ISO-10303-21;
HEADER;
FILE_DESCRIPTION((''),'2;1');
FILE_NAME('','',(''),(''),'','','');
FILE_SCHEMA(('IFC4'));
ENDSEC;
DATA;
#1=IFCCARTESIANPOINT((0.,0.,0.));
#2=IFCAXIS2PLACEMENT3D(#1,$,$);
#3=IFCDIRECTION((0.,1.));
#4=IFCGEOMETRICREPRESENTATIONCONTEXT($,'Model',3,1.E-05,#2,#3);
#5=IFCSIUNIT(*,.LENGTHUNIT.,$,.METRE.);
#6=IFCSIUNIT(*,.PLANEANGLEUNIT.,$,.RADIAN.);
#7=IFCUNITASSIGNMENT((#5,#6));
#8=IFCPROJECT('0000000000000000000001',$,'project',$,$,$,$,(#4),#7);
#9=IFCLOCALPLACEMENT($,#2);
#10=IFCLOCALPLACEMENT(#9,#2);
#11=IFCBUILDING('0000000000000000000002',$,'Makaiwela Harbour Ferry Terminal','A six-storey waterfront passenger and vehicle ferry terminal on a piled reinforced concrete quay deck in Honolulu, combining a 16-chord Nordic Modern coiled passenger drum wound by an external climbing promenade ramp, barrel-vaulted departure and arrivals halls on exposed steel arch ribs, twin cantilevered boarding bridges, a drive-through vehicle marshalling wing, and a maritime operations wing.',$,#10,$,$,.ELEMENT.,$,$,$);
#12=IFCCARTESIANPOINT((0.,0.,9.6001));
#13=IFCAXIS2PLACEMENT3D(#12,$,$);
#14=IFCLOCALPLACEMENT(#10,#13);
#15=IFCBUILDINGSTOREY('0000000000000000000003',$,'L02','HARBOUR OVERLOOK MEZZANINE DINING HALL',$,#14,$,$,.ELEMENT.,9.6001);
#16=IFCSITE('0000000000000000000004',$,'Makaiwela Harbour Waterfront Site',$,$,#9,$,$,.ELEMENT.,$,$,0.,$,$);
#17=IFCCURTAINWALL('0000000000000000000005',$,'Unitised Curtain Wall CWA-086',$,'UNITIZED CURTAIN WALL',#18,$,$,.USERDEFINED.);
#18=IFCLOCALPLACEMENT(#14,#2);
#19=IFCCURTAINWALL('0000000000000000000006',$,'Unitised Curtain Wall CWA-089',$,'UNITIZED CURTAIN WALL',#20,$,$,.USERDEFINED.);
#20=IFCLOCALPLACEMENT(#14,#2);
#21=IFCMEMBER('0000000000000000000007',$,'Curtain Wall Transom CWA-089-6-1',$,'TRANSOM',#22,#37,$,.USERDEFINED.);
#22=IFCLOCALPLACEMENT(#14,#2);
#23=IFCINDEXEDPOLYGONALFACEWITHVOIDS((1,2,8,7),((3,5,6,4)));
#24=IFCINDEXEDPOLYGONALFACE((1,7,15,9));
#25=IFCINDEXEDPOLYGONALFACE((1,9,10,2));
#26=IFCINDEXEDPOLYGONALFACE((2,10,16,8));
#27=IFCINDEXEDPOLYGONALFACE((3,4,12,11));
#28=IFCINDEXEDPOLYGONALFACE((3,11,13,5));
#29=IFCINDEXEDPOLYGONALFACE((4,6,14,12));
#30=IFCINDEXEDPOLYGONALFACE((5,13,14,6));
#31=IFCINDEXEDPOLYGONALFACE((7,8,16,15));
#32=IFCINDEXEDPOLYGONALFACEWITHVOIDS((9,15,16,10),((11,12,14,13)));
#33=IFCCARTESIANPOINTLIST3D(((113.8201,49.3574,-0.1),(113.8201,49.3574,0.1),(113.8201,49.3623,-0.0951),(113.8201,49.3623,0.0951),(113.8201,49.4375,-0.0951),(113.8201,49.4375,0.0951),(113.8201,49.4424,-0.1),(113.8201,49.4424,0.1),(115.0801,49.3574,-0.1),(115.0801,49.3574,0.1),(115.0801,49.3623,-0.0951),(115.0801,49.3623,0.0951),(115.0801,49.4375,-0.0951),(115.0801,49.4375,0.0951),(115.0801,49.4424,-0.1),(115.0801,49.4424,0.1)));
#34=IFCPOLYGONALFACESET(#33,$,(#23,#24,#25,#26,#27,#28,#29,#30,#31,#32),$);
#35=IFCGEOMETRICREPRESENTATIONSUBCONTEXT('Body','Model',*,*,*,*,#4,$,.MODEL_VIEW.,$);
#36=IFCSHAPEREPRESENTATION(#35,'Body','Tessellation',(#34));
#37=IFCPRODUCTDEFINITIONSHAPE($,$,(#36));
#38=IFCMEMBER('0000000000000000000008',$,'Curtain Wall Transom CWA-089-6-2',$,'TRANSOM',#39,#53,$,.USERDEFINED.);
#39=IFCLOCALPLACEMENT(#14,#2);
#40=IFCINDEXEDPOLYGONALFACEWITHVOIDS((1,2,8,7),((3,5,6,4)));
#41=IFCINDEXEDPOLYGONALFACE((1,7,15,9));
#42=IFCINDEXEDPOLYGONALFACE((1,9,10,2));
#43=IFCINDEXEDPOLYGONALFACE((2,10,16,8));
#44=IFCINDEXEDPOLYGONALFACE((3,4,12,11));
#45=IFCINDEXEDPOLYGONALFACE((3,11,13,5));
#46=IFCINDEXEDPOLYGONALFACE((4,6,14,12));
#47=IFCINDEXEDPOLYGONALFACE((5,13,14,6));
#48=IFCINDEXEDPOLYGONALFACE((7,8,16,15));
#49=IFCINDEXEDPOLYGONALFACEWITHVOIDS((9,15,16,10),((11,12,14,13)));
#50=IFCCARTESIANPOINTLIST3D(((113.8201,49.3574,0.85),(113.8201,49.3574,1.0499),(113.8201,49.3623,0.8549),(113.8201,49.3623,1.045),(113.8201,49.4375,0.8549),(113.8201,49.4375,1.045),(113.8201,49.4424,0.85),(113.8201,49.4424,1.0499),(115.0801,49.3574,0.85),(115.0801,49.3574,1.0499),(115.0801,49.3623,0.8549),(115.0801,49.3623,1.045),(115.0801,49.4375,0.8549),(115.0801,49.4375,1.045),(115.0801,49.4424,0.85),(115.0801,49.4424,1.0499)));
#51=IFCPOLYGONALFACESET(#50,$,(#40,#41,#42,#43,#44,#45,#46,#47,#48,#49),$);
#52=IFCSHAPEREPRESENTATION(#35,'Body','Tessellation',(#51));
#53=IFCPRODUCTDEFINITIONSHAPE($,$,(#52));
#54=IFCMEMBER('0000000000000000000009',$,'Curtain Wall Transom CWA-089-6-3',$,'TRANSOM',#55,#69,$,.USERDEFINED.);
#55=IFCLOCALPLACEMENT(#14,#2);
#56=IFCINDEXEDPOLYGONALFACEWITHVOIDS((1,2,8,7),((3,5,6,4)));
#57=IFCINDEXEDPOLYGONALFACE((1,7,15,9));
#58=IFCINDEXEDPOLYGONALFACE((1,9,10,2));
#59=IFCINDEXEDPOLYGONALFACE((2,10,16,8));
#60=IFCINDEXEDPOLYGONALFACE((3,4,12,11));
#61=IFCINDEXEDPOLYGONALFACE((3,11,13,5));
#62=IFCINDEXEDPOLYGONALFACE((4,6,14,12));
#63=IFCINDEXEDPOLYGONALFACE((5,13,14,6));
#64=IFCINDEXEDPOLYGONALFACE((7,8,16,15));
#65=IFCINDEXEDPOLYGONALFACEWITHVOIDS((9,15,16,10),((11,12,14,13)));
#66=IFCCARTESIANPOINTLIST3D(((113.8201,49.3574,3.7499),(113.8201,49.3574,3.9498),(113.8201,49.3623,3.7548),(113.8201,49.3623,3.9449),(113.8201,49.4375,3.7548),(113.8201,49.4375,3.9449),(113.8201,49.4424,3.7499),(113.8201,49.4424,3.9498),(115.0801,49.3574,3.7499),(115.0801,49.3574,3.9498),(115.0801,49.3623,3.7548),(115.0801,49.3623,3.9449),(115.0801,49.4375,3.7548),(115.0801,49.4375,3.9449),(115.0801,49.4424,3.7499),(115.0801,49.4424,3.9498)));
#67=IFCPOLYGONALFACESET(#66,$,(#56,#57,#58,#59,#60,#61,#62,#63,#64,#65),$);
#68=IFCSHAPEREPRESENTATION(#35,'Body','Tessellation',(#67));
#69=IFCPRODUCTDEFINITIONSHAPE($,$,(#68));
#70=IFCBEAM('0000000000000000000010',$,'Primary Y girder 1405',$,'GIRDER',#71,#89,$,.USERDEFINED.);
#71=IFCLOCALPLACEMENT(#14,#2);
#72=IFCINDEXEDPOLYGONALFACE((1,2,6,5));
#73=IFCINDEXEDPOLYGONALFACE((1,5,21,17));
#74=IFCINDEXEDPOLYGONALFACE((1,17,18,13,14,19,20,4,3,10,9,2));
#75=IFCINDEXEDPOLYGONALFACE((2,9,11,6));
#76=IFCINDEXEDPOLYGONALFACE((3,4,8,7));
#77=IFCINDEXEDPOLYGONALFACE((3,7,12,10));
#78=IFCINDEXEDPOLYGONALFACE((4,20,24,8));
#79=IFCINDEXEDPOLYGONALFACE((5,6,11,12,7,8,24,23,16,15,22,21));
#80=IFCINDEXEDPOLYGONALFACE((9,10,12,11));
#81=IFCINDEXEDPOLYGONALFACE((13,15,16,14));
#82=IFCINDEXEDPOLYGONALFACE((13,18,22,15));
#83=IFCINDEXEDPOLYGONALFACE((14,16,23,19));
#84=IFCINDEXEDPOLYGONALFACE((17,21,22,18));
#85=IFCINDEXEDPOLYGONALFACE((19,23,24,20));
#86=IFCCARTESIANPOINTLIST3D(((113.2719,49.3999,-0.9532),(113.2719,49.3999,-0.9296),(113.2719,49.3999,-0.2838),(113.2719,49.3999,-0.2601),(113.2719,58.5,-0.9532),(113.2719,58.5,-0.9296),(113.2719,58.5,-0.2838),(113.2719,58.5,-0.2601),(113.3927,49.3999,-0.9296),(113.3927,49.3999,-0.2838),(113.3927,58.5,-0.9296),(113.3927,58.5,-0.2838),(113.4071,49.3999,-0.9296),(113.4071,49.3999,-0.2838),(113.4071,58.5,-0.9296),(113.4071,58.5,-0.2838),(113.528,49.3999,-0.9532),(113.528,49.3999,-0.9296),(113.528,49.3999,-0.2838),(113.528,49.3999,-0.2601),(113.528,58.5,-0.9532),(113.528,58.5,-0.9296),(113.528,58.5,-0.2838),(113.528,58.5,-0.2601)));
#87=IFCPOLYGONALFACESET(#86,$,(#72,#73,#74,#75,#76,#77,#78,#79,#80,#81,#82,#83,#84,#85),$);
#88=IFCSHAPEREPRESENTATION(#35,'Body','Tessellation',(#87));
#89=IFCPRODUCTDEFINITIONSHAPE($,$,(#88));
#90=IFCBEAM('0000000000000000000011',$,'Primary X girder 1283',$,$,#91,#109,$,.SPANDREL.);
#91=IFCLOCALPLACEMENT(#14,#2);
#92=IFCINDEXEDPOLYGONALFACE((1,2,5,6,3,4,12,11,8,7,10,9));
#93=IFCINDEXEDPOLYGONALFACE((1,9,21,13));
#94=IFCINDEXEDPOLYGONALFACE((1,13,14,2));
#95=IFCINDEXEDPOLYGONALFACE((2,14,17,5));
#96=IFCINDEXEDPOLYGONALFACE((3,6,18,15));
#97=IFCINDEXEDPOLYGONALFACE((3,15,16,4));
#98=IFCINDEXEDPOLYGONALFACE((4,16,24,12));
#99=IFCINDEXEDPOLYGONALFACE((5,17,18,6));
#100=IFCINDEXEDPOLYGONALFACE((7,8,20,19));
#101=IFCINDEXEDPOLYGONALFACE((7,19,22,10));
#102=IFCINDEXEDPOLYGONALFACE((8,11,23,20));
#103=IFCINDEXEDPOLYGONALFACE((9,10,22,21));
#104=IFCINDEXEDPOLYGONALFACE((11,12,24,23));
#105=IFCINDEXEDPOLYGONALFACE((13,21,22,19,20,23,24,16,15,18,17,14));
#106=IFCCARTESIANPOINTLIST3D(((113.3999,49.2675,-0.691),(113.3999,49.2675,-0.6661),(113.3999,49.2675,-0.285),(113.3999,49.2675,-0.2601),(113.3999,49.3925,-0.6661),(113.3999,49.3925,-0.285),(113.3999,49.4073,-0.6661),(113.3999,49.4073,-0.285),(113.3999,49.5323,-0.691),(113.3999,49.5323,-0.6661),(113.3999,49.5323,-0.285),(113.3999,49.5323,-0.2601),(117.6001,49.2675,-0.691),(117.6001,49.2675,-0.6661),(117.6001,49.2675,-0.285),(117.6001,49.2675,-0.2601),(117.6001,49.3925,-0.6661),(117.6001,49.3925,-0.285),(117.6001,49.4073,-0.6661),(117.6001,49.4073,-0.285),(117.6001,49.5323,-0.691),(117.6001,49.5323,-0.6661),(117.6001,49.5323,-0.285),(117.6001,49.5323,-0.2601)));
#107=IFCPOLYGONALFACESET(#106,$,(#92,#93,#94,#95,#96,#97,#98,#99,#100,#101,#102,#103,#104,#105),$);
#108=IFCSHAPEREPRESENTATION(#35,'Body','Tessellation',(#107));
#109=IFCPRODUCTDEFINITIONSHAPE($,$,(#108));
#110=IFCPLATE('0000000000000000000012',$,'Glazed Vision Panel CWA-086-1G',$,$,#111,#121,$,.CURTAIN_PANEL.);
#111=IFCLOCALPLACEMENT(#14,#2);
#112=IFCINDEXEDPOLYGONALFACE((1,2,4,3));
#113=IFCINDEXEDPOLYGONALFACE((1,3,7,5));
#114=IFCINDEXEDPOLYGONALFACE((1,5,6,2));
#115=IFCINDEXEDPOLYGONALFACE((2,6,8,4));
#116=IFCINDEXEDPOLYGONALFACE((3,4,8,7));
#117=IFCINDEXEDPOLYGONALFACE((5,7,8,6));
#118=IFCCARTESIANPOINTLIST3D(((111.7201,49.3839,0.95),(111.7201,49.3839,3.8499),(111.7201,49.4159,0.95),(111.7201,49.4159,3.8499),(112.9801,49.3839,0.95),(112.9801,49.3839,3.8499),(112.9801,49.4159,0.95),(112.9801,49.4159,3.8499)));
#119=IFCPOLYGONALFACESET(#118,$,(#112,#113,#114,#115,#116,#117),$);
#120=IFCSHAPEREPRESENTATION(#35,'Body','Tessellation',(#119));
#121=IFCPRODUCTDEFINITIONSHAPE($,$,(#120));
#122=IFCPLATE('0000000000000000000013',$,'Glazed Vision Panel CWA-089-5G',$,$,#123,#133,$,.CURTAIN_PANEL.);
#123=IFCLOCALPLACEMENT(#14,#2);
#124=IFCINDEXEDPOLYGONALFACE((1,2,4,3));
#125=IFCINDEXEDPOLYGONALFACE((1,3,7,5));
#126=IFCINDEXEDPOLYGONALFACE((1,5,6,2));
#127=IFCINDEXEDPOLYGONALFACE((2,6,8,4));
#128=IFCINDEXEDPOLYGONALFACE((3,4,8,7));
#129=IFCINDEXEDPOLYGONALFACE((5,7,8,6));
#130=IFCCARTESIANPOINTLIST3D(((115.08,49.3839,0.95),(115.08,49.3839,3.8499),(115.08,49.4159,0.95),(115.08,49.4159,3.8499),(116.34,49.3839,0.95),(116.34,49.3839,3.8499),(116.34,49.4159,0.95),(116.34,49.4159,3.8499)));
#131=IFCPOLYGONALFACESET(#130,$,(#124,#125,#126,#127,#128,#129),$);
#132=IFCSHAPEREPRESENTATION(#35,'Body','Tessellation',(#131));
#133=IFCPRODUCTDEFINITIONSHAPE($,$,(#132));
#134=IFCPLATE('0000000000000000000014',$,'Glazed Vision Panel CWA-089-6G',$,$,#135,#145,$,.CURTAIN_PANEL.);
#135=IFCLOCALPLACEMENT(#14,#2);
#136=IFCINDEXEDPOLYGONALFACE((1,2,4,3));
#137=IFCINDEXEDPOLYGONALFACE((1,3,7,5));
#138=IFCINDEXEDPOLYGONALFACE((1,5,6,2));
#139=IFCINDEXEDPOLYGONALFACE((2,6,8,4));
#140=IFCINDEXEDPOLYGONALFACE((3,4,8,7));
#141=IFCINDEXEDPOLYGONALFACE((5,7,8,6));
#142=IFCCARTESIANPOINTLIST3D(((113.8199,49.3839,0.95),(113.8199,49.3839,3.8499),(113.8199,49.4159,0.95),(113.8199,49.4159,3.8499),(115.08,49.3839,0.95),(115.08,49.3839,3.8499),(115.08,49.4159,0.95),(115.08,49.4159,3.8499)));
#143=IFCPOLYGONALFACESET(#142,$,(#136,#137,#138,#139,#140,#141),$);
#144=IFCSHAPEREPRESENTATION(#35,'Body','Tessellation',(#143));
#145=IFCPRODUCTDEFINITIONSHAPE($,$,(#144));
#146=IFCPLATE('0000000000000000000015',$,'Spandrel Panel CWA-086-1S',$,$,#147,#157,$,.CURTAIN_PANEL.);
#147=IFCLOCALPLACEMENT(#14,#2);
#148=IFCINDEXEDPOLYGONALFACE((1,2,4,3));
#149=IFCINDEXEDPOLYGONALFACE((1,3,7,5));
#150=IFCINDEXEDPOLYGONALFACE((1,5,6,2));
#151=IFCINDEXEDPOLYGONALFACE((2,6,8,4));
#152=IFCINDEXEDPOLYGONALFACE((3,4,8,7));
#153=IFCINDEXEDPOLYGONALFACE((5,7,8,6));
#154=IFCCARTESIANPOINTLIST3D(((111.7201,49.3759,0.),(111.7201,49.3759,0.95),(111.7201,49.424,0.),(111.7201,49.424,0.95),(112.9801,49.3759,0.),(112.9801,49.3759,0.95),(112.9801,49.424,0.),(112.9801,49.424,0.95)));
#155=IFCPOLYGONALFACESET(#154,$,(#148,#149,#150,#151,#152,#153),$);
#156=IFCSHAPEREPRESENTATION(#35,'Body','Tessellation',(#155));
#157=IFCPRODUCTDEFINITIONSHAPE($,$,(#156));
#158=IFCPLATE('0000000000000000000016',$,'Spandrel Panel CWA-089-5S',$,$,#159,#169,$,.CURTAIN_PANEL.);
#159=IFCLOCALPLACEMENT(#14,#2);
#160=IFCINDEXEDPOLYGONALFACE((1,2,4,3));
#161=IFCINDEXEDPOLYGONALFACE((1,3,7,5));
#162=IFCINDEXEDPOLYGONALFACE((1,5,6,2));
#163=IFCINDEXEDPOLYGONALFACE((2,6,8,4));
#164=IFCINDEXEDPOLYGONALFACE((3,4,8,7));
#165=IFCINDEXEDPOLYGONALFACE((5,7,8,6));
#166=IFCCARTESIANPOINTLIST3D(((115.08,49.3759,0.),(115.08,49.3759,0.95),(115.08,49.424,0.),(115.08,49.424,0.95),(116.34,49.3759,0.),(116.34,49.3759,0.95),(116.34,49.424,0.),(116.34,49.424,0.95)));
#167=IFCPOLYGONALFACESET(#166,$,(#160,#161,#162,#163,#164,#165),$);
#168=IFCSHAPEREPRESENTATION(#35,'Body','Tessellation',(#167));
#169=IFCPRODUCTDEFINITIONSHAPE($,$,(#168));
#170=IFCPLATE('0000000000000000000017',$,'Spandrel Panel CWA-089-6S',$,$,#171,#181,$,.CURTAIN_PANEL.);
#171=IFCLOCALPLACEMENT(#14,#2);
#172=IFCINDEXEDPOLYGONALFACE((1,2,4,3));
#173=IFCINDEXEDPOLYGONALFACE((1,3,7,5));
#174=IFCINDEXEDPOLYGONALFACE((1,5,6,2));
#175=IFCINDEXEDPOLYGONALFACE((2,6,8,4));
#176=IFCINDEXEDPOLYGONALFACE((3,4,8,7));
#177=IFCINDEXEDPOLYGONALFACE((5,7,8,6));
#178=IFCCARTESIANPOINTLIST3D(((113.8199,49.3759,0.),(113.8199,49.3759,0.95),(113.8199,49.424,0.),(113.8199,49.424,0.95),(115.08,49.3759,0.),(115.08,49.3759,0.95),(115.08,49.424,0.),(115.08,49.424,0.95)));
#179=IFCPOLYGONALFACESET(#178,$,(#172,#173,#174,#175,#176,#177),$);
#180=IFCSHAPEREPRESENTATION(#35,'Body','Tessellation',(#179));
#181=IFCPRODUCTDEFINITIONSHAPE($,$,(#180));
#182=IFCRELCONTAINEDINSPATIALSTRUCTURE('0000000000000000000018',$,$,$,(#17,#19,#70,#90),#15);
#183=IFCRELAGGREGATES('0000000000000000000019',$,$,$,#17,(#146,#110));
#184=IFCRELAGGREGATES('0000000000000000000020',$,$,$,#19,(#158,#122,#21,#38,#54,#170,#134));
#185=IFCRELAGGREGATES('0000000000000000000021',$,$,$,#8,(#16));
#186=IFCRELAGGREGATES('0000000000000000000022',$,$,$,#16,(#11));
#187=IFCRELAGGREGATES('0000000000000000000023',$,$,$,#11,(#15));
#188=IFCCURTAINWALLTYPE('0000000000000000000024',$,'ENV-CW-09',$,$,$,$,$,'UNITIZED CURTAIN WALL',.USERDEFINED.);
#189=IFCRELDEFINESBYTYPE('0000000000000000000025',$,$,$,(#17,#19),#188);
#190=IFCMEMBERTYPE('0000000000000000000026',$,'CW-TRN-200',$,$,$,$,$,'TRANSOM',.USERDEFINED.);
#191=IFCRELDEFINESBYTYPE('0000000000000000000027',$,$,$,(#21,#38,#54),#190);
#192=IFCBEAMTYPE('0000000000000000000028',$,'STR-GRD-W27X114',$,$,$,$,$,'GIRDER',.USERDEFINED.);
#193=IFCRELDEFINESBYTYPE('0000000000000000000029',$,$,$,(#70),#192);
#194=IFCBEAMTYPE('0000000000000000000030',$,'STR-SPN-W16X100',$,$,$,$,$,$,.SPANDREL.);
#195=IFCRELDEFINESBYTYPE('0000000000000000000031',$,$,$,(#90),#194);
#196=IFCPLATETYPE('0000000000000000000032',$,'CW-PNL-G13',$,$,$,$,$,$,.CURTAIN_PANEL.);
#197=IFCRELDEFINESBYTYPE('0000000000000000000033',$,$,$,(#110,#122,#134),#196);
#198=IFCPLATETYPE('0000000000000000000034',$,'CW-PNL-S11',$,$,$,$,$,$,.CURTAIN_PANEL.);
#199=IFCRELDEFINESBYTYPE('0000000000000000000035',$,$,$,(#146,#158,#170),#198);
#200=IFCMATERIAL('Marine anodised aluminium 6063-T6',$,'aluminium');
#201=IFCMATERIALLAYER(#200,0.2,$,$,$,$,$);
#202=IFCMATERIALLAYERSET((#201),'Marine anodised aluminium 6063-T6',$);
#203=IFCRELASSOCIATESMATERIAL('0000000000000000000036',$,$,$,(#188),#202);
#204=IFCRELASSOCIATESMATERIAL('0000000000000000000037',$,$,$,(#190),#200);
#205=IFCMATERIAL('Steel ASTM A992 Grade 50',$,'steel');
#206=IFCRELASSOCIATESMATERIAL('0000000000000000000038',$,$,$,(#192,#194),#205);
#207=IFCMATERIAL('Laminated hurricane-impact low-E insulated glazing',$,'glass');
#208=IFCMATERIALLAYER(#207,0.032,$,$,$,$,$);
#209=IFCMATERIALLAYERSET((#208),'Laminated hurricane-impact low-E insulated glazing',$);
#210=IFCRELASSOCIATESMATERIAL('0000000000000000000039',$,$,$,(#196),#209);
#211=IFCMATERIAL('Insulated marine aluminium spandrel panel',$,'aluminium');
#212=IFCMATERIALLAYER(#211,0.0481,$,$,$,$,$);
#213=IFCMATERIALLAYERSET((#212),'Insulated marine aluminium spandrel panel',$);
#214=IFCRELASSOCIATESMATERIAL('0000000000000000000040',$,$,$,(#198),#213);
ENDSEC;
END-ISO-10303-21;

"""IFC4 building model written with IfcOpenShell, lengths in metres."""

from ifc_helpers import new_model, si_unit, direction, frame, origin, origin_2d, place, context, subcontext, project, spatial, rectangle, hollow_rectangle, i_section, extrude, material, layer, layer_set, material_profile, profile_set, type_object, element, aggregate, save


model = new_model("IFC4")

# Units and contexts
model_context = context("Model", 3, precision=1e-05, world=origin(), true_north=direction((0.0, 1.0)))
body_context = subcontext(model_context, "Body", "Model", "MODEL_VIEW")
ifc_project = project(units=[si_unit("LENGTHUNIT", "METRE"), si_unit("PLANEANGLEUNIT", "RADIAN")], contexts=[model_context])

# Site, building, storey
site_placement = place(None, origin())
site = spatial("IfcSite", under=ifc_project, at=site_placement, Name="Makaiwela Harbour Waterfront Site", CompositionType="ELEMENT", RefElevation=0.0)
building_placement = place(site_placement, origin())
building = spatial("IfcBuilding", under=site, at=building_placement, Name="Makaiwela Harbour Ferry Terminal", Description="A six-storey waterfront passenger and vehicle ferry terminal on a piled reinforced concrete quay deck in Honolulu, combining a 16-chord Nordic Modern coiled passenger drum wound by an external climbing promenade ramp, barrel-vaulted departure and arrivals halls on exposed steel arch ribs, twin cantilevered boarding bridges, a drive-through vehicle marshalling wing, and a maritime operations wing.", CompositionType="ELEMENT")
storey_placement = place(building_placement, frame((0.0, 0.0, 9.6001)))
storey = spatial("IfcBuildingStorey", under=building, at=storey_placement, Name="L02", Description="HARBOUR OVERLOOK MEZZANINE DINING HALL", CompositionType="ELEMENT", Elevation=9.6001)

# Shared definitions
ifc_material_1 = material(Name="Steel ASTM A992 Grade 50", Category="steel")

# Curtain wall
ifc_material_2 = material(Name="Marine anodised aluminium 6063-T6", Category="aluminium")
ifc_layer_1 = layer(ifc_material_2, 0.2)
ifc_layer_set_1 = layer_set([ifc_layer_1], Name="Marine anodised aluminium 6063-T6")
curtain_wall_type = type_object("IfcCurtainWallType", Name="ENV-CW-09", ElementType="UNITIZED CURTAIN WALL", PredefinedType="USERDEFINED", material=ifc_layer_set_1)
curtain_wall_1_placement = place(storey_placement, origin())
curtain_wall_1 = element("IfcCurtainWall", 1, at=curtain_wall_1_placement, inside=storey, type_object=curtain_wall_type, Name="Unitised Curtain Wall CWA-086", ObjectType="UNITIZED CURTAIN WALL", PredefinedType="USERDEFINED")

# Curtain wall
curtain_wall_2_placement = place(storey_placement, origin())
curtain_wall_2 = element("IfcCurtainWall", 2, at=curtain_wall_2_placement, inside=storey, type_object=curtain_wall_type, Name="Unitised Curtain Wall CWA-089", ObjectType="UNITIZED CURTAIN WALL", PredefinedType="USERDEFINED")

# Members
ifc_material_profile_1 = material_profile(ifc_material_2, hollow_rectangle(XDim=0.085, YDim=0.2, WallThickness=0.0049, at=origin_2d()), Name="CWT-200X85")
ifc_profile_set_1 = profile_set([ifc_material_profile_1], Name="Marine anodised aluminium 6063-T6")
member_type_1 = type_object("IfcMemberType", Name="CW-TRN-200", ElementType="TRANSOM", PredefinedType="USERDEFINED", material=ifc_profile_set_1)
member_1_placement = place(storey_placement, frame((115.0801, 49.3999, 0.0), z_axis=(-1.0, 0.0, 0.0), x_axis=(0.0, -1.0, 0.0)))
member_1 = element("IfcMember", 3, at=member_1_placement, type_object=member_type_1, Name="Curtain Wall Transom CWA-089-6-1", ObjectType="TRANSOM", PredefinedType="USERDEFINED", context=body_context, shape_type="SweptSolid", body=[
    extrude(hollow_rectangle(XDim=0.085, YDim=0.2, WallThickness=0.0049, at=origin_2d()), origin(), (0.0, 0.0, 1.0), 1.26),
])
member_2_placement = place(storey_placement, frame((115.0801, 49.3999, 0.95), z_axis=(-1.0, 0.0, 0.0), x_axis=(0.0, -1.0, 0.0)))
member_2 = element("IfcMember", 4, at=member_2_placement, type_object=member_type_1, Name="Curtain Wall Transom CWA-089-6-2", ObjectType="TRANSOM", PredefinedType="USERDEFINED", context=body_context, shape_type="SweptSolid", body=[
    extrude(hollow_rectangle(XDim=0.085, YDim=0.2, WallThickness=0.0049, at=origin_2d()), origin(), (0.0, 0.0, 1.0), 1.26),
])
member_3_placement = place(storey_placement, frame((115.0801, 49.3999, 3.8499), z_axis=(-1.0, 0.0, 0.0), x_axis=(0.0, -1.0, 0.0)))
member_3 = element("IfcMember", 5, at=member_3_placement, type_object=member_type_1, Name="Curtain Wall Transom CWA-089-6-3", ObjectType="TRANSOM", PredefinedType="USERDEFINED", context=body_context, shape_type="SweptSolid", body=[
    extrude(hollow_rectangle(XDim=0.085, YDim=0.2, WallThickness=0.0049, at=origin_2d()), origin(), (0.0, 0.0, 1.0), 1.26),
])

# Beams
ifc_material_profile_2 = material_profile(ifc_material_1, i_section(OverallWidth=0.2561, OverallDepth=0.6931, WebThickness=0.0144, FlangeThickness=0.0237, at=origin_2d()), Name="W27X114")
ifc_profile_set_2 = profile_set([ifc_material_profile_2], Name="Steel ASTM A992 Grade 50")
beam_type_1 = type_object("IfcBeamType", Name="STR-GRD-W27X114", ElementType="GIRDER", PredefinedType="USERDEFINED", material=ifc_profile_set_2)
beam_1_placement = place(storey_placement, frame((113.3999, 49.3999, -0.6067), z_axis=(0.0, 1.0, 0.0), x_axis=(-1.0, 0.0, 0.0)))
element("IfcBeam", 6, at=beam_1_placement, inside=storey, type_object=beam_type_1, Name="Primary Y girder 1405", ObjectType="GIRDER", PredefinedType="USERDEFINED", context=body_context, shape_type="SweptSolid", body=[
    extrude(i_section(OverallWidth=0.2561, OverallDepth=0.6931, WebThickness=0.0144, FlangeThickness=0.0237, at=origin_2d()), origin(), (0.0, 0.0, 1.0), 9.1001),
])
ifc_material_profile_3 = material_profile(ifc_material_1, i_section(OverallWidth=0.2649, OverallDepth=0.4309, WebThickness=0.0149, FlangeThickness=0.0249, at=origin_2d()), Name="W16X100")
ifc_profile_set_3 = profile_set([ifc_material_profile_3], Name="Steel ASTM A992 Grade 50")
beam_type_2 = type_object("IfcBeamType", Name="STR-SPN-W16X100", PredefinedType="SPANDREL", material=ifc_profile_set_3)
beam_2_placement = place(storey_placement, frame((113.3999, 49.3999, -0.4756), z_axis=(1.0, 0.0, 0.0), x_axis=(0.0, 1.0, 0.0)))
element("IfcBeam", 7, at=beam_2_placement, inside=storey, type_object=beam_type_2, Name="Primary X girder 1283", PredefinedType="SPANDREL", context=body_context, shape_type="SweptSolid", body=[
    extrude(i_section(OverallWidth=0.2649, OverallDepth=0.4309, WebThickness=0.0149, FlangeThickness=0.0249, at=origin_2d()), origin(), (0.0, 0.0, 1.0), 4.2002),
])

# Plates
ifc_material_3 = material(Name="Laminated hurricane-impact low-E insulated glazing", Category="glass")
ifc_layer_2 = layer(ifc_material_3, 0.032)
ifc_layer_set_2 = layer_set([ifc_layer_2], Name="Laminated hurricane-impact low-E insulated glazing")
plate_type_1 = type_object("IfcPlateType", Name="CW-PNL-G13", PredefinedType="CURTAIN_PANEL", material=ifc_layer_set_2)
plate_1_placement = place(storey_placement, frame((112.3501, 49.3999, 0.95), z_axis=(0.0, 0.0, 1.0), x_axis=(-1.0, 0.0, 0.0)))
plate_1 = element("IfcPlate", 8, at=plate_1_placement, type_object=plate_type_1, Name="Glazed Vision Panel CWA-086-1G", PredefinedType="CURTAIN_PANEL", context=body_context, shape_type="SweptSolid", body=[
    extrude(rectangle(XDim=1.26, YDim=0.032, at=origin_2d()), origin(), (0.0, 0.0, 1.0), 2.8999),
])
plate_2_placement = place(storey_placement, frame((115.71, 49.3999, 0.95), z_axis=(0.0, 0.0, 1.0), x_axis=(-1.0, 0.0, 0.0)))
plate_2 = element("IfcPlate", 9, at=plate_2_placement, type_object=plate_type_1, Name="Glazed Vision Panel CWA-089-5G", PredefinedType="CURTAIN_PANEL", context=body_context, shape_type="SweptSolid", body=[
    extrude(rectangle(XDim=1.26, YDim=0.032, at=origin_2d()), origin(), (0.0, 0.0, 1.0), 2.8999),
])
plate_3_placement = place(storey_placement, frame((114.45, 49.3999, 0.95), z_axis=(0.0, 0.0, 1.0), x_axis=(-1.0, 0.0, 0.0)))
plate_3 = element("IfcPlate", 10, at=plate_3_placement, type_object=plate_type_1, Name="Glazed Vision Panel CWA-089-6G", PredefinedType="CURTAIN_PANEL", context=body_context, shape_type="SweptSolid", body=[
    extrude(rectangle(XDim=1.26, YDim=0.032, at=origin_2d()), origin(), (0.0, 0.0, 1.0), 2.8999),
])
ifc_material_4 = material(Name="Insulated marine aluminium spandrel panel", Category="aluminium")
ifc_layer_3 = layer(ifc_material_4, 0.0481)
ifc_layer_set_3 = layer_set([ifc_layer_3], Name="Insulated marine aluminium spandrel panel")
plate_type_2 = type_object("IfcPlateType", Name="CW-PNL-S11", PredefinedType="CURTAIN_PANEL", material=ifc_layer_set_3)
plate_4_placement = place(storey_placement, frame((112.3501, 49.3999, 0.0), z_axis=(0.0, 0.0, 1.0), x_axis=(-1.0, 0.0, 0.0)))
plate_4 = element("IfcPlate", 11, at=plate_4_placement, type_object=plate_type_2, Name="Spandrel Panel CWA-086-1S", PredefinedType="CURTAIN_PANEL", context=body_context, shape_type="SweptSolid", body=[
    extrude(rectangle(XDim=1.26, YDim=0.0481, at=origin_2d()), origin(), (0.0, 0.0, 1.0), 0.95),
])
aggregate(curtain_wall_1, [plate_4, plate_1])
plate_5_placement = place(storey_placement, frame((115.71, 49.3999, 0.0), z_axis=(0.0, 0.0, 1.0), x_axis=(-1.0, 0.0, 0.0)))
plate_5 = element("IfcPlate", 12, at=plate_5_placement, type_object=plate_type_2, Name="Spandrel Panel CWA-089-5S", PredefinedType="CURTAIN_PANEL", context=body_context, shape_type="SweptSolid", body=[
    extrude(rectangle(XDim=1.26, YDim=0.0481, at=origin_2d()), origin(), (0.0, 0.0, 1.0), 0.95),
])
plate_6_placement = place(storey_placement, frame((114.45, 49.3999, 0.0), z_axis=(0.0, 0.0, 1.0), x_axis=(-1.0, 0.0, 0.0)))
plate_6 = element("IfcPlate", 13, at=plate_6_placement, type_object=plate_type_2, Name="Spandrel Panel CWA-089-6S", PredefinedType="CURTAIN_PANEL", context=body_context, shape_type="SweptSolid", body=[
    extrude(rectangle(XDim=1.26, YDim=0.0481, at=origin_2d()), origin(), (0.0, 0.0, 1.0), 0.95),
])
aggregate(curtain_wall_2, [plate_5, plate_2, member_1, member_2, member_3, plate_6, plate_3])

save(model, "model.ifc")
